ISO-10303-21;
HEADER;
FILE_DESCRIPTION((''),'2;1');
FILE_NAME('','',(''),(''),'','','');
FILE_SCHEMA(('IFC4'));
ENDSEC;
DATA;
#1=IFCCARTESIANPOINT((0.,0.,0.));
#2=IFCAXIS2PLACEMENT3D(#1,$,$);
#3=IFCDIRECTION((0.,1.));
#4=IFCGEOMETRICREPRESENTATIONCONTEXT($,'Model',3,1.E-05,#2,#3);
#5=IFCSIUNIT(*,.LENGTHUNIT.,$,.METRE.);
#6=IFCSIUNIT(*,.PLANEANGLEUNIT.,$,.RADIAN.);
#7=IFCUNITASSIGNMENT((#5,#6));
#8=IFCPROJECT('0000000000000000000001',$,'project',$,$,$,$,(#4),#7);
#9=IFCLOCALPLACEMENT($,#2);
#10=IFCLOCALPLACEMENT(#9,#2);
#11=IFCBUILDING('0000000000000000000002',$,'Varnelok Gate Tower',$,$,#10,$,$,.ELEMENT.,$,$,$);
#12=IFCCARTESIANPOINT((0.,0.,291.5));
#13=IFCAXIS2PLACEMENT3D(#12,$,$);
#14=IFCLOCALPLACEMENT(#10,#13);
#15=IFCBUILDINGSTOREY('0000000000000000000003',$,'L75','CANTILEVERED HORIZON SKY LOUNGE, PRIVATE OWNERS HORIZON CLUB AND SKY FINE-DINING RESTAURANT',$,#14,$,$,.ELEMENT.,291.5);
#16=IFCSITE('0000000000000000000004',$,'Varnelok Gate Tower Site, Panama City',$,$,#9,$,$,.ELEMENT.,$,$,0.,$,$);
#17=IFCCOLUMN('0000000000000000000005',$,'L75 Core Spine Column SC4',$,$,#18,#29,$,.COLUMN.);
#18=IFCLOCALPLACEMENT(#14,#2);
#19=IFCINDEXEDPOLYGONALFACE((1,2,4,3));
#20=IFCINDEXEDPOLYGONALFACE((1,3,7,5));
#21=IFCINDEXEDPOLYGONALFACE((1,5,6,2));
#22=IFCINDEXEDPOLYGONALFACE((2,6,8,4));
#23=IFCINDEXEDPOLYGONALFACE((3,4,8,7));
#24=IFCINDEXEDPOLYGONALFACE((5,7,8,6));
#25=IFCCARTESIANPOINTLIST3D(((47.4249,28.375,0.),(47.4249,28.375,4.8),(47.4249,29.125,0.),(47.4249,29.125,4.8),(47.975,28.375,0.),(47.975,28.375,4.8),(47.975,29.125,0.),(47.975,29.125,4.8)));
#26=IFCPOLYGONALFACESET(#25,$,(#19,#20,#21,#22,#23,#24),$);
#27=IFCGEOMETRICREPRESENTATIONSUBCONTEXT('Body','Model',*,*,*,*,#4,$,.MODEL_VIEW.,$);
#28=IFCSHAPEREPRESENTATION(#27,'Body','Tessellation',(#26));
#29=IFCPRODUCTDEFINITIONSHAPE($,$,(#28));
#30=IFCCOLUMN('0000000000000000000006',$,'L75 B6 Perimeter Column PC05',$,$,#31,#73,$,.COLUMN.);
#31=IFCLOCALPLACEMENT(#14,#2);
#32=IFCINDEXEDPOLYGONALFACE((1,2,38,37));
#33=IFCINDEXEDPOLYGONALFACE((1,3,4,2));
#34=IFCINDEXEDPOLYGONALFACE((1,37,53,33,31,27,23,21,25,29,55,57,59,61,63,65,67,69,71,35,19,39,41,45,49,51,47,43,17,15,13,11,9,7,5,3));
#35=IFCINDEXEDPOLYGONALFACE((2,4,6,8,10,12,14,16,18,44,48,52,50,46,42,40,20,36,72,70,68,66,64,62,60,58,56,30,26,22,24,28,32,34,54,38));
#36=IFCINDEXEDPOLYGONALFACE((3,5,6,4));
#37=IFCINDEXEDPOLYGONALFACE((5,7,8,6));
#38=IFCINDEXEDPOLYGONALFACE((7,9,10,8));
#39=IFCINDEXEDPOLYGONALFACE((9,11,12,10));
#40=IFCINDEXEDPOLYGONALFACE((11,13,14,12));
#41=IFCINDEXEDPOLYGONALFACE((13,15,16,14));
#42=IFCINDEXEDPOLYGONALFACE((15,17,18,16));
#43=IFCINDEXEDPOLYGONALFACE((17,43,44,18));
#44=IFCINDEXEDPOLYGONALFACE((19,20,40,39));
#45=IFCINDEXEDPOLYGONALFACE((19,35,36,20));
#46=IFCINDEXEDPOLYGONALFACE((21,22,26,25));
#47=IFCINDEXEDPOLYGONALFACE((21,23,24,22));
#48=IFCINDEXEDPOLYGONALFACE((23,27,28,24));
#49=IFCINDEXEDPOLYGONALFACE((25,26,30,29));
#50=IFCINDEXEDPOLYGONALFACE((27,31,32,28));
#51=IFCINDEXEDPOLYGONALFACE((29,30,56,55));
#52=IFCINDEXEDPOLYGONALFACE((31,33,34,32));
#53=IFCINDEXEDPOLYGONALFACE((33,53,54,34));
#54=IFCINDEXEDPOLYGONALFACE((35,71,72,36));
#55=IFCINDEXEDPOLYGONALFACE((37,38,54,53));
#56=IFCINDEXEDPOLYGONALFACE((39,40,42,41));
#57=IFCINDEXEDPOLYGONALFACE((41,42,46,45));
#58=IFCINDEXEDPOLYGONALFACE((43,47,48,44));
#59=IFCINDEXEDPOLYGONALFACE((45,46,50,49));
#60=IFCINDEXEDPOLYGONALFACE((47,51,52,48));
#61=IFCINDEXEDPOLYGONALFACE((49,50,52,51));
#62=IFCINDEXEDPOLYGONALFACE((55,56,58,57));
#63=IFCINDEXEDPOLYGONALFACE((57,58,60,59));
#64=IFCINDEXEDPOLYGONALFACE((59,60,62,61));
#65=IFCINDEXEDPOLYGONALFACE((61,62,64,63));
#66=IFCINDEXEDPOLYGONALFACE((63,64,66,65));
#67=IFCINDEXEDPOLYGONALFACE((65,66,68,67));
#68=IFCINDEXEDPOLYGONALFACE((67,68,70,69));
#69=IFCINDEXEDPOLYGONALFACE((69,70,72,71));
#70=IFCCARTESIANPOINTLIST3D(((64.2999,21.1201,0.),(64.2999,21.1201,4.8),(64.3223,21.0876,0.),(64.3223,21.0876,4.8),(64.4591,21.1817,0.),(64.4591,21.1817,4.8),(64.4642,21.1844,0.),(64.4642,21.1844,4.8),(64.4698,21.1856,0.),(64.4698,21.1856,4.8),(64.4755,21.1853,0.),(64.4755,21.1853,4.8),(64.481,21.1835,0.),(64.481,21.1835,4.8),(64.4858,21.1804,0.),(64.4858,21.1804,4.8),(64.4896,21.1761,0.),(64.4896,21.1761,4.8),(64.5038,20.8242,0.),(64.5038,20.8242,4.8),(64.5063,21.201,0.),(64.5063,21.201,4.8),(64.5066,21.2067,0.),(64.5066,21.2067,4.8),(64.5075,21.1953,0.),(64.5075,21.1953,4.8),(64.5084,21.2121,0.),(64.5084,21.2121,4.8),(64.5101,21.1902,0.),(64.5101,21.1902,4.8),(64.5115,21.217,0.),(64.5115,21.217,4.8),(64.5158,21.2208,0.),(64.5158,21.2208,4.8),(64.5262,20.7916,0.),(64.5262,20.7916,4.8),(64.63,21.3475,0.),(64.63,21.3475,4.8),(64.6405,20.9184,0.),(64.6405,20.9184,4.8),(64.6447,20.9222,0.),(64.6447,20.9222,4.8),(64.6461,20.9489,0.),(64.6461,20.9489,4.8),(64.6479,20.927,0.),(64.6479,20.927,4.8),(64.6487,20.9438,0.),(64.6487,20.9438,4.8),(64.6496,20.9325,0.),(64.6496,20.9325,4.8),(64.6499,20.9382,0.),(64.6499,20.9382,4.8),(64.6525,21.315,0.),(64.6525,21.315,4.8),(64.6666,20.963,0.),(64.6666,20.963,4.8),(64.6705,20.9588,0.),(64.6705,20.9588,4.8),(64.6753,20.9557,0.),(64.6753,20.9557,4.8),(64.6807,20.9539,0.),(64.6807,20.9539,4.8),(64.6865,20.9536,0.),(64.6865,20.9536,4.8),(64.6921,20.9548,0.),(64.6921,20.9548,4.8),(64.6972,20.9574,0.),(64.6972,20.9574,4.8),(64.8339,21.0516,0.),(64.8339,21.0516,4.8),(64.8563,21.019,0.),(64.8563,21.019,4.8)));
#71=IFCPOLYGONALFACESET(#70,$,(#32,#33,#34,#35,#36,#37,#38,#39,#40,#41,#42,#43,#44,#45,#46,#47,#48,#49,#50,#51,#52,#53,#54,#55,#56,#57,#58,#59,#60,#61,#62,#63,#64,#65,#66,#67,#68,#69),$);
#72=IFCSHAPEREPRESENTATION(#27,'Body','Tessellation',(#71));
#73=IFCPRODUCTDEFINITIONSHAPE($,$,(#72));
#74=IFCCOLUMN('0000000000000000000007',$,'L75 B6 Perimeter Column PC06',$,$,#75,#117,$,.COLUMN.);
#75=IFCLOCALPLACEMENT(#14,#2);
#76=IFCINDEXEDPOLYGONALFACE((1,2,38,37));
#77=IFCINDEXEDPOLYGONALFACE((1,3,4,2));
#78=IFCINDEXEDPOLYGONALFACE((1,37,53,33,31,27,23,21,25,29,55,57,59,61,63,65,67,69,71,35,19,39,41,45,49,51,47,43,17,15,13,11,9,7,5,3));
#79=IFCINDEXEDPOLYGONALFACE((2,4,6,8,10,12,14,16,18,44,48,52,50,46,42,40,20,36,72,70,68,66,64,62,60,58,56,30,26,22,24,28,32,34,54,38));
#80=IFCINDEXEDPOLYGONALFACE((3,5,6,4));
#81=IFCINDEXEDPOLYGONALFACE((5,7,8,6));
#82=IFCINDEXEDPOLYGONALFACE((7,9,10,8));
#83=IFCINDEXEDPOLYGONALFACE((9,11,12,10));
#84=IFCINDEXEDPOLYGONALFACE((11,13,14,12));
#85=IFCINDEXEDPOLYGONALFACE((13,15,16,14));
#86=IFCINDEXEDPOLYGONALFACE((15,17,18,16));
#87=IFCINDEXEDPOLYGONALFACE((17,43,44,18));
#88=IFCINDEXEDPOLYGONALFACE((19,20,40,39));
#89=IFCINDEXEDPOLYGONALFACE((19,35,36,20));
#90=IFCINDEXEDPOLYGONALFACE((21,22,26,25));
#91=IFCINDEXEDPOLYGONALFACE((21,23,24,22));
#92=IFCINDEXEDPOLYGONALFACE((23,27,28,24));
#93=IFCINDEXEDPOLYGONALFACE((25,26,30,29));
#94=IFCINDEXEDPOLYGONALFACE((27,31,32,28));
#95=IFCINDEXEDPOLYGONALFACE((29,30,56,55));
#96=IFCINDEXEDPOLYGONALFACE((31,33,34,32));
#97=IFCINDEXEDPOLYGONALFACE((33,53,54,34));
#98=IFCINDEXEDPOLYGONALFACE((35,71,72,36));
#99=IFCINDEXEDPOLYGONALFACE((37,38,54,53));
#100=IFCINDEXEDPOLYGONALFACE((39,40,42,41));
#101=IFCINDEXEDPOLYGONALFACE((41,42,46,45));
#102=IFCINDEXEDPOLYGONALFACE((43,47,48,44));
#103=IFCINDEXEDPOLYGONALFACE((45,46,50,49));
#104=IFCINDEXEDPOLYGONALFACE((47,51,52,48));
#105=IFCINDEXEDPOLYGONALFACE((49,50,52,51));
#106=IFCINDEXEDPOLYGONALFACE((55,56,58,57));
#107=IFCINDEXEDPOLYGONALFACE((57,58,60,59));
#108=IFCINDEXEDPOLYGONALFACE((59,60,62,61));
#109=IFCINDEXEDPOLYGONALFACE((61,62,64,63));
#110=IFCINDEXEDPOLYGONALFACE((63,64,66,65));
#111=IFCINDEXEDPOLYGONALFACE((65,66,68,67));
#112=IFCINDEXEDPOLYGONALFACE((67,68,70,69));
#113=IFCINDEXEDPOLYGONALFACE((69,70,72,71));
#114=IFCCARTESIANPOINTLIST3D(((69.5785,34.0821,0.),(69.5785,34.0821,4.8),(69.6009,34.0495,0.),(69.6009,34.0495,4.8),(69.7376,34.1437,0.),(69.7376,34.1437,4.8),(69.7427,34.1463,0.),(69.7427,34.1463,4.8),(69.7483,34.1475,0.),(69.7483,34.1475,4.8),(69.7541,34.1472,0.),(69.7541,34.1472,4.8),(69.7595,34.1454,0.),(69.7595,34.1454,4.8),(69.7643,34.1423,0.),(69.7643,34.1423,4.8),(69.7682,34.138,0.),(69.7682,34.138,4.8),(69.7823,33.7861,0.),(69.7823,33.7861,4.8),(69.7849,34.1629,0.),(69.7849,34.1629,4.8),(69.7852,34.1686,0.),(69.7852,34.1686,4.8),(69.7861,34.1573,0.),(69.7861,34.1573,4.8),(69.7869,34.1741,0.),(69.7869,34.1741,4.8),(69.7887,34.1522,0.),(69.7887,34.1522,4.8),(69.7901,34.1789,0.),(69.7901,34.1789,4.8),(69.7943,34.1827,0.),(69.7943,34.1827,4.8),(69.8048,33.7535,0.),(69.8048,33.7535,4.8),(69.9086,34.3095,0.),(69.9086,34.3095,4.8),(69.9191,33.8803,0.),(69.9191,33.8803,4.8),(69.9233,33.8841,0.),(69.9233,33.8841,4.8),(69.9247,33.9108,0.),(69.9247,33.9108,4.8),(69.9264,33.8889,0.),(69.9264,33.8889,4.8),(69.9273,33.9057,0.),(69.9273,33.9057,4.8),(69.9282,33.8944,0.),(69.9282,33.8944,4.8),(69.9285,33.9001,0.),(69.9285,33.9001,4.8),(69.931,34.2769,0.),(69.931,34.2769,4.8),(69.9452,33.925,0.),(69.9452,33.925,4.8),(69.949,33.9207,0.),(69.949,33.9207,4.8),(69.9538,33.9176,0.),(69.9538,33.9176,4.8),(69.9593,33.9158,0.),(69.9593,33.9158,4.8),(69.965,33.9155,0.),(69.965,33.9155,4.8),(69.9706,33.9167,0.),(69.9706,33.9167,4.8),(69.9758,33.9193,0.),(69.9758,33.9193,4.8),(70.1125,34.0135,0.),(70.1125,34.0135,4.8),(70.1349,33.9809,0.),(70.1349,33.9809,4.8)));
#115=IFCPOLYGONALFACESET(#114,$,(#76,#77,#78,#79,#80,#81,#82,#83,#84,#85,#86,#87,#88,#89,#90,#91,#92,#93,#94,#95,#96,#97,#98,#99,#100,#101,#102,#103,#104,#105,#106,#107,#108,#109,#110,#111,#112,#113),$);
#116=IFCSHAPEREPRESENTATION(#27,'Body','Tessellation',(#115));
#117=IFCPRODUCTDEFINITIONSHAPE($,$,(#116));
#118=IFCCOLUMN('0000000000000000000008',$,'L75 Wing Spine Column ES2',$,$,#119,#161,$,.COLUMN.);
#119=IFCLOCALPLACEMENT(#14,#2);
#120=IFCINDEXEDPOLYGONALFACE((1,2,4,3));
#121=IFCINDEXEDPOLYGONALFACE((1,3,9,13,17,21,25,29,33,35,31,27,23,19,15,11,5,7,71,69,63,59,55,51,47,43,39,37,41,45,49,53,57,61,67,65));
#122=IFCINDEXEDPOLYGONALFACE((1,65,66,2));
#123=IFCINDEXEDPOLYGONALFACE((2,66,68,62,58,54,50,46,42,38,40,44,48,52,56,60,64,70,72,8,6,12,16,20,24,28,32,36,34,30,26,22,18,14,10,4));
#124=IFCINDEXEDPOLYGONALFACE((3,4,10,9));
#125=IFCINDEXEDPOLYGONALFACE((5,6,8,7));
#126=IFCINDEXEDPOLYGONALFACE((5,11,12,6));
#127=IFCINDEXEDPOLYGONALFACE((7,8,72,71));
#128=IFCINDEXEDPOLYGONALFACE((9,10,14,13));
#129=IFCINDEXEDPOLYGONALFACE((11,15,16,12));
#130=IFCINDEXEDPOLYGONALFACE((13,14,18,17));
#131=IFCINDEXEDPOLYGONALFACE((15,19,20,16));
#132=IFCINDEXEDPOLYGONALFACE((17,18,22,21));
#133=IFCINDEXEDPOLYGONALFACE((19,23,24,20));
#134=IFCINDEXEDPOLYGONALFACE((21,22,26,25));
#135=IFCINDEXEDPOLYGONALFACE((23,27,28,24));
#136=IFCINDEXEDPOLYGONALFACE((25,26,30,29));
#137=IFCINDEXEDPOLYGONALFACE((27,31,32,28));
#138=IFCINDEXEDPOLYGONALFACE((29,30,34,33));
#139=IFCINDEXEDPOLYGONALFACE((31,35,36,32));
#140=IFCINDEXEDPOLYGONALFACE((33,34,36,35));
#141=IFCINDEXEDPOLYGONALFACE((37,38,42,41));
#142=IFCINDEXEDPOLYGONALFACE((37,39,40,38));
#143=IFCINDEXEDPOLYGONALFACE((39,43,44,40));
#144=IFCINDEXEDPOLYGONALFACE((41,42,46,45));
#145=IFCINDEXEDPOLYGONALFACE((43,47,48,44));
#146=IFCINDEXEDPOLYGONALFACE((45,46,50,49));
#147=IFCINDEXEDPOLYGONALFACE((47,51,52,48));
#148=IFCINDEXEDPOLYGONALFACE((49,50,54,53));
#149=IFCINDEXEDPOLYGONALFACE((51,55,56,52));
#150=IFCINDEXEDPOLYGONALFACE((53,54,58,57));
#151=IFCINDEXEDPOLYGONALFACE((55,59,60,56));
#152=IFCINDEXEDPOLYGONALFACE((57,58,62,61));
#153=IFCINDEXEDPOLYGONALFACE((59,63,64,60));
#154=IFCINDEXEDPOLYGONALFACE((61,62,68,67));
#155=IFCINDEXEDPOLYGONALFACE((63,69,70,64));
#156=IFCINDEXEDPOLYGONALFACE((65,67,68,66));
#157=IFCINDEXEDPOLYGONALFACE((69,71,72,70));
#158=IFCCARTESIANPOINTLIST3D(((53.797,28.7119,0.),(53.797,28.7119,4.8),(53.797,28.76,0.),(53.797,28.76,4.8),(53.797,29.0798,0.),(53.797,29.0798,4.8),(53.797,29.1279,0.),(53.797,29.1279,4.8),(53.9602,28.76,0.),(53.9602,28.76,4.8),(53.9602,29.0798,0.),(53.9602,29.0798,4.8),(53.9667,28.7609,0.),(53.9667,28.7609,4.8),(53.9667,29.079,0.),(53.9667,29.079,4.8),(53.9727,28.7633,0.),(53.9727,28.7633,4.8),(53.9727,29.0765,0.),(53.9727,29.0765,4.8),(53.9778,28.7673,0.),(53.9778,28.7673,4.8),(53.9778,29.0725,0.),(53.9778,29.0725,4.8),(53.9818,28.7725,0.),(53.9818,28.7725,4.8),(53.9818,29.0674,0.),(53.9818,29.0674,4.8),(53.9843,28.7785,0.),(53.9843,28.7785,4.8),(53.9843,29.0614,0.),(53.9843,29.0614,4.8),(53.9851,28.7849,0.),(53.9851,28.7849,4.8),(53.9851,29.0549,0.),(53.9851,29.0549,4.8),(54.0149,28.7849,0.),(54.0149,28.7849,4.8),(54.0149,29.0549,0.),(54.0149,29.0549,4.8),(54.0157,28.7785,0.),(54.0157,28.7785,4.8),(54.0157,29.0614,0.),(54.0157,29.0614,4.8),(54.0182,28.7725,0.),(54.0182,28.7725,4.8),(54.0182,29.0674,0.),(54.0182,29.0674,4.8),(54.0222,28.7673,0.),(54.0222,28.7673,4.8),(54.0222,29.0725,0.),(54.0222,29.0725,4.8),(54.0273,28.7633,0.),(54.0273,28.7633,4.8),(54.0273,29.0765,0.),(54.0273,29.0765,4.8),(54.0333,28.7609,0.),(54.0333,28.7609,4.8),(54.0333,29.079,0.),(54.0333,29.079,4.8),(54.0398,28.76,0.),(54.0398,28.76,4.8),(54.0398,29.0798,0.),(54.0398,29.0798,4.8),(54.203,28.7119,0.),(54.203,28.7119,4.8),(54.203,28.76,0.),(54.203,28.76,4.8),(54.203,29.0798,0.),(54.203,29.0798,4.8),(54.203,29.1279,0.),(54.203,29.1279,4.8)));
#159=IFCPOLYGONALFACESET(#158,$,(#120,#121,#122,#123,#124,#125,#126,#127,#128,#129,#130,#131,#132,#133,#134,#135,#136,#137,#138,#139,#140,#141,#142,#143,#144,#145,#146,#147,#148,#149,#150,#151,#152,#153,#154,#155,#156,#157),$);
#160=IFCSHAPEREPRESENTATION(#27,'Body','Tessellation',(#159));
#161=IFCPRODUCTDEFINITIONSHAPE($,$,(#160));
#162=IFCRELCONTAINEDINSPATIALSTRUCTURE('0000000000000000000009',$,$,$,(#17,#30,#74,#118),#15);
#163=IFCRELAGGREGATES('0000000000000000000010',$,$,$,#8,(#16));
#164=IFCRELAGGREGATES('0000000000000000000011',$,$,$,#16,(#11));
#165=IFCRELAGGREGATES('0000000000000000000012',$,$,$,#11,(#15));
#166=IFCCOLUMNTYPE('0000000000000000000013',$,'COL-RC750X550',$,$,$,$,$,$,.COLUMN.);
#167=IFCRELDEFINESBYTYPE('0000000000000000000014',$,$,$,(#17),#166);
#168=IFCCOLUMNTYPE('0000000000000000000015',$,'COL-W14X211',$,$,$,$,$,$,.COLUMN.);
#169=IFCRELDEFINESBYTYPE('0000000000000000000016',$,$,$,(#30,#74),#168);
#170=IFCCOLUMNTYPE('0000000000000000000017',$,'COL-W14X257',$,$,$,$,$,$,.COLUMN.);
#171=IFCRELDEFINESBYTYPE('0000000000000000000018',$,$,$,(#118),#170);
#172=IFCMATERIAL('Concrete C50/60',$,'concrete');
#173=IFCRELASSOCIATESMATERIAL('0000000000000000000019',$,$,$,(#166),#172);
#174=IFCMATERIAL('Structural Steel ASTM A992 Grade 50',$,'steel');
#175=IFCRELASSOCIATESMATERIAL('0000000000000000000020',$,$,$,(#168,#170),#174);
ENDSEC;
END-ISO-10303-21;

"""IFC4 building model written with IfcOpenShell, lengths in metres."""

from ifc_helpers import new_model, si_unit, direction, frame, origin, origin_2d, place, context, subcontext, project, spatial, rectangle, i_section, extrude, material, material_profile, profile_set, type_object, element, save


model = new_model("IFC4")

# Units and contexts
model_context = context("Model", 3, precision=1e-05, world=origin(), true_north=direction((0.0, 1.0)))
body_context = subcontext(model_context, "Body", "Model", "MODEL_VIEW")
ifc_project = project(units=[si_unit("LENGTHUNIT", "METRE"), si_unit("PLANEANGLEUNIT", "RADIAN")], contexts=[model_context])

# Site, building, storey
site_placement = place(None, origin())
site = spatial("IfcSite", under=ifc_project, at=site_placement, Name="Varnelok Gate Tower Site, Panama City", CompositionType="ELEMENT", RefElevation=0.0)
building_placement = place(site_placement, origin())
building = spatial("IfcBuilding", under=site, at=building_placement, Name="Varnelok Gate Tower", CompositionType="ELEMENT")
storey_placement = place(building_placement, frame((0.0, 0.0, 291.5)))
storey = spatial("IfcBuildingStorey", under=building, at=storey_placement, Name="L75", Description="CANTILEVERED HORIZON SKY LOUNGE, PRIVATE OWNERS HORIZON CLUB AND SKY FINE-DINING RESTAURANT", CompositionType="ELEMENT", Elevation=291.5)

# Columns
ifc_material_1 = material(Name="Concrete C50/60", Category="concrete")
ifc_material_profile_1 = material_profile(ifc_material_1, rectangle(XDim=0.55, YDim=0.75, at=origin_2d()), Name="RC750X550")
ifc_profile_set_1 = profile_set([ifc_material_profile_1], Name="Concrete C50/60")
column_type_1 = type_object("IfcColumnType", Name="COL-RC750X550", PredefinedType="COLUMN", material=ifc_profile_set_1)
column_1_placement = place(storey_placement, frame((47.7, 28.75, 0.0), z_axis=(0.0, 0.0, 1.0), x_axis=(1.0, 0.0, 0.0)))
element("IfcColumn", 1, at=column_1_placement, inside=storey, type_object=column_type_1, Name="L75 Core Spine Column SC4", PredefinedType="COLUMN", context=body_context, shape_type="SweptSolid", body=[
    extrude(rectangle(XDim=0.55, YDim=0.75, at=origin_2d()), origin(), (0.0, 0.0, 1.0), 4.8),
])
ifc_material_2 = material(Name="Structural Steel ASTM A992 Grade 50", Category="steel")
ifc_material_profile_2 = material_profile(ifc_material_2, i_section(OverallWidth=0.4009, OverallDepth=0.3989, WebThickness=0.0249, FlangeThickness=0.0396, FilletRadius=0.022, at=origin_2d()), Name="W14X211")
ifc_profile_set_2 = profile_set([ifc_material_profile_2], Name="Structural Steel ASTM A992 Grade 50")
column_type_2 = type_object("IfcColumnType", Name="COL-W14X211", PredefinedType="COLUMN", material=ifc_profile_set_2)
for number, where, z_axis, x_axis, name in (
    (2, (64.5781, 21.0696, 0.0), (0.0, 0.0, 1.0), (0.823533, 0.567269, 0.0), "L75 B6 Perimeter Column PC05"),
    (3, (69.8567, 34.0315, 0.0), (0.0, 0.0, 1.0), (0.823533, 0.567269, 0.0), "L75 B6 Perimeter Column PC06"),
):
    element("IfcColumn", number, at=place(storey_placement, frame(where, z_axis=z_axis, x_axis=x_axis)), inside=storey, type_object=column_type_2, Name=name, PredefinedType="COLUMN", context=body_context, shape_type="SweptSolid", body=[
        extrude(i_section(OverallWidth=0.4009, OverallDepth=0.3989, WebThickness=0.0249, FlangeThickness=0.0396, FilletRadius=0.022, at=origin_2d()), origin(), (0.0, 0.0, 1.0), 4.8),
    ])
ifc_material_profile_3 = material_profile(ifc_material_2, i_section(OverallWidth=0.406, OverallDepth=0.416, WebThickness=0.0298, FlangeThickness=0.0481, FilletRadius=0.0249, at=origin_2d()), Name="W14X257")
ifc_profile_set_3 = profile_set([ifc_material_profile_3], Name="Structural Steel ASTM A992 Grade 50")
column_type_3 = type_object("IfcColumnType", Name="COL-W14X257", PredefinedType="COLUMN", material=ifc_profile_set_3)
column_2_placement = place(storey_placement, frame((54.0, 28.9199, 0.0), z_axis=(0.0, 0.0, 1.0), x_axis=(1.0, 0.0, 0.0)))
element("IfcColumn", 4, at=column_2_placement, inside=storey, type_object=column_type_3, Name="L75 Wing Spine Column ES2", PredefinedType="COLUMN", context=body_context, shape_type="SweptSolid", body=[
    extrude(i_section(OverallWidth=0.406, OverallDepth=0.416, WebThickness=0.0298, FlangeThickness=0.0481, FilletRadius=0.0249, at=origin_2d()), origin(), (0.0, 0.0, 1.0), 4.8),
])

save(model, "model.ifc")
